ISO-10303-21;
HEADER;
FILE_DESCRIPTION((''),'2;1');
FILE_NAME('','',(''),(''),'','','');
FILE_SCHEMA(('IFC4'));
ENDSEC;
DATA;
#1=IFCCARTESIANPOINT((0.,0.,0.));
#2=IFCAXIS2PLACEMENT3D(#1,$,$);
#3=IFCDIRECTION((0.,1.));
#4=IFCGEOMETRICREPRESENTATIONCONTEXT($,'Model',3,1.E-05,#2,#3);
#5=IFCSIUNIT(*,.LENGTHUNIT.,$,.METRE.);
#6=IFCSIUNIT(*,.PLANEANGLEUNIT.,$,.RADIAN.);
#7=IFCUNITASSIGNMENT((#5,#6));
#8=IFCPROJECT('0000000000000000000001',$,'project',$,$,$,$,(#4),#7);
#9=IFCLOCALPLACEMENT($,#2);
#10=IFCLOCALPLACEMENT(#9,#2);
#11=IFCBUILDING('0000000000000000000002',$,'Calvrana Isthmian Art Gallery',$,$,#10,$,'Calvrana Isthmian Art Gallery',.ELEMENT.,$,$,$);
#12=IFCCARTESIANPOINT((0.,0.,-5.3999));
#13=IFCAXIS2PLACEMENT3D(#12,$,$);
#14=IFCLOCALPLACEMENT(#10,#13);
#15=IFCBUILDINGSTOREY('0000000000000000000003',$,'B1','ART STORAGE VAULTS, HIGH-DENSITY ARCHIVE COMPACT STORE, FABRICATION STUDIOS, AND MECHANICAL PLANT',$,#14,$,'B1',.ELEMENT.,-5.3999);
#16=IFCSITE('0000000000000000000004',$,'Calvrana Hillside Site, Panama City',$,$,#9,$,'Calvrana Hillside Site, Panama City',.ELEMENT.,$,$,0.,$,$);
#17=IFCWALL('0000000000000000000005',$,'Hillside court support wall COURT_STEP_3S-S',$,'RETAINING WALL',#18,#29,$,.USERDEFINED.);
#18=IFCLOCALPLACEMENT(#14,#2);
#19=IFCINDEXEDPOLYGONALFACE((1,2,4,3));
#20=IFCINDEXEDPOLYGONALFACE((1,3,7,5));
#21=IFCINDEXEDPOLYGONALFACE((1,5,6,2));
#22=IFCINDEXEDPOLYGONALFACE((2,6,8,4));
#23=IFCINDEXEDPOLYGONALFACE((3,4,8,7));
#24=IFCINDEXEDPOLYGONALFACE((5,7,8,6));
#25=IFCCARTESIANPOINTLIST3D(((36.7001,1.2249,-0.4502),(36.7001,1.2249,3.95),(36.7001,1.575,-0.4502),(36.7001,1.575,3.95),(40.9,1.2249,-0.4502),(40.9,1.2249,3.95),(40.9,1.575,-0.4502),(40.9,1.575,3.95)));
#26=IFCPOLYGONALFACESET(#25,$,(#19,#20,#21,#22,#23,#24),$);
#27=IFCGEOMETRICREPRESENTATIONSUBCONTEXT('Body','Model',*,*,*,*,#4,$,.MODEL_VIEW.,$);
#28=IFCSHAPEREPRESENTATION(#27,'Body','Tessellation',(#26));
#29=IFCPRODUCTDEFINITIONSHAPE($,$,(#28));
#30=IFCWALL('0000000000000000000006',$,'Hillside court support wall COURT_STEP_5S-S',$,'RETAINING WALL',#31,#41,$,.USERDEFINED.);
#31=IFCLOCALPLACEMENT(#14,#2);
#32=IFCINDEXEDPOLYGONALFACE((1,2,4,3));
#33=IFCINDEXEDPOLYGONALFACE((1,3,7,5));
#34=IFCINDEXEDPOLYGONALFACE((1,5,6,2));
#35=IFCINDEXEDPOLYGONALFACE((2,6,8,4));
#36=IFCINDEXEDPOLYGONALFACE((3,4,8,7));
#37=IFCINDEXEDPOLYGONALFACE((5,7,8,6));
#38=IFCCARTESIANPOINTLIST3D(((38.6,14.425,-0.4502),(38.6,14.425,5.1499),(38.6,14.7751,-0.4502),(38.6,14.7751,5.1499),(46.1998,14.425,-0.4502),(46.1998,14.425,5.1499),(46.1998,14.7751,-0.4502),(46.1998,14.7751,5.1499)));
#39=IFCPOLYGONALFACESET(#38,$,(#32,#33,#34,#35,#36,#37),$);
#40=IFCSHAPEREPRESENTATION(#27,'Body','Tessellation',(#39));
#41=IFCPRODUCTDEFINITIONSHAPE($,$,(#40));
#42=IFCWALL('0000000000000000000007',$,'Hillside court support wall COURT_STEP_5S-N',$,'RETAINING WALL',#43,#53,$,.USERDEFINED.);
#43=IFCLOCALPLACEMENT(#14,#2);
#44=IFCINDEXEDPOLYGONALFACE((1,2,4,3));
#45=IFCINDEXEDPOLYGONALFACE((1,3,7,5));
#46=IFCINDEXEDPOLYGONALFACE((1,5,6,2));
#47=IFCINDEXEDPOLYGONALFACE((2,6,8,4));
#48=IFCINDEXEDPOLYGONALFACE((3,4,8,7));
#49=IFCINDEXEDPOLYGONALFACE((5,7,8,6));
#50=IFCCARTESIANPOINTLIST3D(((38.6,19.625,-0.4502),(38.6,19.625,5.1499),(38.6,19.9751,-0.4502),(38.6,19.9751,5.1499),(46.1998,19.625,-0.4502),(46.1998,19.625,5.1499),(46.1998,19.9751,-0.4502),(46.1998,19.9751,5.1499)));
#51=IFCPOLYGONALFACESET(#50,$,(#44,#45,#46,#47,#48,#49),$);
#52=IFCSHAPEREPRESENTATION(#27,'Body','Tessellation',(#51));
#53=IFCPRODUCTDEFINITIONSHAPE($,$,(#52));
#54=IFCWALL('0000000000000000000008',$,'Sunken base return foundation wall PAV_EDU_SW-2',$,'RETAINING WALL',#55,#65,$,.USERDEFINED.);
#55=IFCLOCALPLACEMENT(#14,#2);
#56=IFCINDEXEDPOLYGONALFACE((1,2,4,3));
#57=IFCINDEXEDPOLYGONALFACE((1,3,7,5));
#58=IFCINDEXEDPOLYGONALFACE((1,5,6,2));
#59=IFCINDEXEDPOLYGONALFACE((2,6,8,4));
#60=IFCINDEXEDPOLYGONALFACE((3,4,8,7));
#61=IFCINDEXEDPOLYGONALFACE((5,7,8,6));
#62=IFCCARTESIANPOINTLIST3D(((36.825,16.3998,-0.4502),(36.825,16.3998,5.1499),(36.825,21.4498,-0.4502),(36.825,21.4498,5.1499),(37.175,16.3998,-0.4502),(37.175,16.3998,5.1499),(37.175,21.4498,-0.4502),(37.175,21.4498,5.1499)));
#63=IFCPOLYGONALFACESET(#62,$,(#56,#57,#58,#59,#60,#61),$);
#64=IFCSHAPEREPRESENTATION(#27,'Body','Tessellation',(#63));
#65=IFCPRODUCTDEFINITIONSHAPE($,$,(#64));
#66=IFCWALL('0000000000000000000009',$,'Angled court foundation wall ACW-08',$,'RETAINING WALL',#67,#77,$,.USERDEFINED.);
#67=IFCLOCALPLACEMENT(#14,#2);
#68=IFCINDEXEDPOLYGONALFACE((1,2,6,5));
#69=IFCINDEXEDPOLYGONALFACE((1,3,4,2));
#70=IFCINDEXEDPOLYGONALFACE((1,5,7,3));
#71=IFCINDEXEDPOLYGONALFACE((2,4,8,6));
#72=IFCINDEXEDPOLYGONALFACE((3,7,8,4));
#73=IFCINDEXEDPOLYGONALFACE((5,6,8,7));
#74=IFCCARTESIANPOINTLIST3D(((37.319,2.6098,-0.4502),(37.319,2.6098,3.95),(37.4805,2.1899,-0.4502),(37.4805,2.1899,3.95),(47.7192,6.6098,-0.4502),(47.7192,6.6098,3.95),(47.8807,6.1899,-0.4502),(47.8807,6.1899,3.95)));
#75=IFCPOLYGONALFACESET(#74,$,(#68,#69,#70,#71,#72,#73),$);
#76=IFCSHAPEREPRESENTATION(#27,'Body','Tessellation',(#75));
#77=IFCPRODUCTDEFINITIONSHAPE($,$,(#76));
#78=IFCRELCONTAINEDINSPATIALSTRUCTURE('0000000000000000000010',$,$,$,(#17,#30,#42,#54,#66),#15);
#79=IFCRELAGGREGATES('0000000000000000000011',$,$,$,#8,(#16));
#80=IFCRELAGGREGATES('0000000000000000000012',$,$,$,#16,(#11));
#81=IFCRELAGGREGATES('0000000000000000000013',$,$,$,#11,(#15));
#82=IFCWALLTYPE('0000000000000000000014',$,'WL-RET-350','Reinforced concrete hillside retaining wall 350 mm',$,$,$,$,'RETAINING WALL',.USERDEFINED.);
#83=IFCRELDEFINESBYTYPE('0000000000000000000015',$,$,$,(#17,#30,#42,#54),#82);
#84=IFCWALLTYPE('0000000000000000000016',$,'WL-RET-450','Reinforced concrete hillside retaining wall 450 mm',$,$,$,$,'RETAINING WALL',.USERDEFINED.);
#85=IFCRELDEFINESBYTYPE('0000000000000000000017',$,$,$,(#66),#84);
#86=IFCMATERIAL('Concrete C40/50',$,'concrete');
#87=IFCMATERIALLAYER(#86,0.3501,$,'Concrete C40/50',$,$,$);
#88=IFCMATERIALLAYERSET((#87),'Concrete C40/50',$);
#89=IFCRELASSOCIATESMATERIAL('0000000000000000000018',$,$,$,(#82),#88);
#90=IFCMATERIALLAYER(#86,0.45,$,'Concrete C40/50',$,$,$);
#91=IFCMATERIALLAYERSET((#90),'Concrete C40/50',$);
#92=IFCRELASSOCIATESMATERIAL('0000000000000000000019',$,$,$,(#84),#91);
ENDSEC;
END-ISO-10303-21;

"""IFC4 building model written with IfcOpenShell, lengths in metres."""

from ifc_helpers import new_model, si_unit, direction, frame, frame_2d, origin, place, context, subcontext, project, spatial, rectangle, extrude, material, layer, layer_set, type_object, element, save


model = new_model("IFC4")

# Units and contexts
model_context = context("Model", 3, precision=1e-05, world=origin(), true_north=direction((0.0, 1.0)))
body_context = subcontext(model_context, "Body", "Model", "MODEL_VIEW")
ifc_project = project(units=[si_unit("LENGTHUNIT", "METRE"), si_unit("PLANEANGLEUNIT", "RADIAN")], contexts=[model_context])

# Site, building, storey
site_placement = place(None, origin())
site = spatial("IfcSite", under=ifc_project, at=site_placement, Name="Calvrana Hillside Site, Panama City", LongName="Calvrana Hillside Site, Panama City", CompositionType="ELEMENT", RefElevation=0.0)
building_placement = place(site_placement, origin())
building = spatial("IfcBuilding", under=site, at=building_placement, Name="Calvrana Isthmian Art Gallery", LongName="Calvrana Isthmian Art Gallery", CompositionType="ELEMENT")
storey_placement = place(building_placement, frame((0.0, 0.0, -5.3999)))
storey = spatial("IfcBuildingStorey", under=building, at=storey_placement, Name="B1", Description="ART STORAGE VAULTS, HIGH-DENSITY ARCHIVE COMPACT STORE, FABRICATION STUDIOS, AND MECHANICAL PLANT", LongName="B1", CompositionType="ELEMENT", Elevation=-5.3999)

# Shared definitions
ifc_material_1 = material(Name="Concrete C40/50", Category="concrete")

# Walls
ifc_layer_1 = layer(ifc_material_1, 0.3501, Name="Concrete C40/50")
ifc_layer_set_1 = layer_set([ifc_layer_1], Name="Concrete C40/50")
wall_type_1 = type_object("IfcWallType", Name="WL-RET-350", Description="Reinforced concrete hillside retaining wall 350 mm", ElementType="RETAINING WALL", PredefinedType="USERDEFINED", material=ifc_layer_set_1)
wall_1_placement = place(storey_placement, frame((36.7, 1.3999, -0.4502), z_axis=(0.0, 0.0, 1.0), x_axis=(1.0, 0.0, 0.0)))
element("IfcWall", 1, at=wall_1_placement, inside=storey, type_object=wall_type_1, Name="Hillside court support wall COURT_STEP_3S-S", ObjectType="RETAINING WALL", PredefinedType="USERDEFINED", context=body_context, shape_type="SweptSolid", body=[
    extrude(rectangle(XDim=4.2, YDim=0.3501, at=frame_2d((2.1001, 0.0))), origin(), (0.0, 0.0, 1.0), 4.4001),
])
for number, where, z_axis, x_axis, name in (
    (2, (38.6001, 14.6001, -0.4502), (0.0, 0.0, 1.0), (1.0, 0.0, 0.0), "Hillside court support wall COURT_STEP_5S-S"),
    (3, (38.6001, 19.8, -0.4502), (0.0, 0.0, 1.0), (1.0, 0.0, 0.0), "Hillside court support wall COURT_STEP_5S-N"),
):
    element("IfcWall", number, at=place(storey_placement, frame(where, z_axis=z_axis, x_axis=x_axis)), inside=storey, type_object=wall_type_1, Name=name, ObjectType="RETAINING WALL", PredefinedType="USERDEFINED", context=body_context, shape_type="SweptSolid", body=[
        extrude(rectangle(XDim=7.5999, YDim=0.3501, at=frame_2d((3.7998, 0.0))), origin(), (0.0, 0.0, 1.0), 5.6001),
    ])
wall_2_placement = place(storey_placement, frame((37.0, 16.3999, -0.4502), z_axis=(0.0, 0.0, 1.0), x_axis=(0.0, 1.0, 0.0)))
element("IfcWall", 4, at=wall_2_placement, inside=storey, type_object=wall_type_1, Name="Sunken base return foundation wall PAV_EDU_SW-2", ObjectType="RETAINING WALL", PredefinedType="USERDEFINED", context=body_context, shape_type="SweptSolid", body=[
    extrude(rectangle(XDim=5.05, YDim=0.3501, at=frame_2d((2.5249, 0.0))), origin(), (0.0, 0.0, 1.0), 5.6001),
])
ifc_layer_2 = layer(ifc_material_1, 0.45, Name="Concrete C40/50")
ifc_layer_set_2 = layer_set([ifc_layer_2], Name="Concrete C40/50")
wall_type_2 = type_object("IfcWallType", Name="WL-RET-450", Description="Reinforced concrete hillside retaining wall 450 mm", ElementType="RETAINING WALL", PredefinedType="USERDEFINED", material=ifc_layer_set_2)
wall_3_placement = place(storey_placement, frame((37.3999, 2.3999, -0.4502), z_axis=(0.0, 0.0, 1.0), x_axis=(0.933347, 0.358975, 0.0)))
element("IfcWall", 5, at=wall_3_placement, inside=storey, type_object=wall_type_2, Name="Angled court foundation wall ACW-08", ObjectType="RETAINING WALL", PredefinedType="USERDEFINED", context=body_context, shape_type="SweptSolid", body=[
    extrude(rectangle(XDim=11.1428, YDim=0.45, at=frame_2d((5.5713, 0.0))), origin(), (0.0, 0.0, 1.0), 4.4001),
])

save(model, "model.ifc")
